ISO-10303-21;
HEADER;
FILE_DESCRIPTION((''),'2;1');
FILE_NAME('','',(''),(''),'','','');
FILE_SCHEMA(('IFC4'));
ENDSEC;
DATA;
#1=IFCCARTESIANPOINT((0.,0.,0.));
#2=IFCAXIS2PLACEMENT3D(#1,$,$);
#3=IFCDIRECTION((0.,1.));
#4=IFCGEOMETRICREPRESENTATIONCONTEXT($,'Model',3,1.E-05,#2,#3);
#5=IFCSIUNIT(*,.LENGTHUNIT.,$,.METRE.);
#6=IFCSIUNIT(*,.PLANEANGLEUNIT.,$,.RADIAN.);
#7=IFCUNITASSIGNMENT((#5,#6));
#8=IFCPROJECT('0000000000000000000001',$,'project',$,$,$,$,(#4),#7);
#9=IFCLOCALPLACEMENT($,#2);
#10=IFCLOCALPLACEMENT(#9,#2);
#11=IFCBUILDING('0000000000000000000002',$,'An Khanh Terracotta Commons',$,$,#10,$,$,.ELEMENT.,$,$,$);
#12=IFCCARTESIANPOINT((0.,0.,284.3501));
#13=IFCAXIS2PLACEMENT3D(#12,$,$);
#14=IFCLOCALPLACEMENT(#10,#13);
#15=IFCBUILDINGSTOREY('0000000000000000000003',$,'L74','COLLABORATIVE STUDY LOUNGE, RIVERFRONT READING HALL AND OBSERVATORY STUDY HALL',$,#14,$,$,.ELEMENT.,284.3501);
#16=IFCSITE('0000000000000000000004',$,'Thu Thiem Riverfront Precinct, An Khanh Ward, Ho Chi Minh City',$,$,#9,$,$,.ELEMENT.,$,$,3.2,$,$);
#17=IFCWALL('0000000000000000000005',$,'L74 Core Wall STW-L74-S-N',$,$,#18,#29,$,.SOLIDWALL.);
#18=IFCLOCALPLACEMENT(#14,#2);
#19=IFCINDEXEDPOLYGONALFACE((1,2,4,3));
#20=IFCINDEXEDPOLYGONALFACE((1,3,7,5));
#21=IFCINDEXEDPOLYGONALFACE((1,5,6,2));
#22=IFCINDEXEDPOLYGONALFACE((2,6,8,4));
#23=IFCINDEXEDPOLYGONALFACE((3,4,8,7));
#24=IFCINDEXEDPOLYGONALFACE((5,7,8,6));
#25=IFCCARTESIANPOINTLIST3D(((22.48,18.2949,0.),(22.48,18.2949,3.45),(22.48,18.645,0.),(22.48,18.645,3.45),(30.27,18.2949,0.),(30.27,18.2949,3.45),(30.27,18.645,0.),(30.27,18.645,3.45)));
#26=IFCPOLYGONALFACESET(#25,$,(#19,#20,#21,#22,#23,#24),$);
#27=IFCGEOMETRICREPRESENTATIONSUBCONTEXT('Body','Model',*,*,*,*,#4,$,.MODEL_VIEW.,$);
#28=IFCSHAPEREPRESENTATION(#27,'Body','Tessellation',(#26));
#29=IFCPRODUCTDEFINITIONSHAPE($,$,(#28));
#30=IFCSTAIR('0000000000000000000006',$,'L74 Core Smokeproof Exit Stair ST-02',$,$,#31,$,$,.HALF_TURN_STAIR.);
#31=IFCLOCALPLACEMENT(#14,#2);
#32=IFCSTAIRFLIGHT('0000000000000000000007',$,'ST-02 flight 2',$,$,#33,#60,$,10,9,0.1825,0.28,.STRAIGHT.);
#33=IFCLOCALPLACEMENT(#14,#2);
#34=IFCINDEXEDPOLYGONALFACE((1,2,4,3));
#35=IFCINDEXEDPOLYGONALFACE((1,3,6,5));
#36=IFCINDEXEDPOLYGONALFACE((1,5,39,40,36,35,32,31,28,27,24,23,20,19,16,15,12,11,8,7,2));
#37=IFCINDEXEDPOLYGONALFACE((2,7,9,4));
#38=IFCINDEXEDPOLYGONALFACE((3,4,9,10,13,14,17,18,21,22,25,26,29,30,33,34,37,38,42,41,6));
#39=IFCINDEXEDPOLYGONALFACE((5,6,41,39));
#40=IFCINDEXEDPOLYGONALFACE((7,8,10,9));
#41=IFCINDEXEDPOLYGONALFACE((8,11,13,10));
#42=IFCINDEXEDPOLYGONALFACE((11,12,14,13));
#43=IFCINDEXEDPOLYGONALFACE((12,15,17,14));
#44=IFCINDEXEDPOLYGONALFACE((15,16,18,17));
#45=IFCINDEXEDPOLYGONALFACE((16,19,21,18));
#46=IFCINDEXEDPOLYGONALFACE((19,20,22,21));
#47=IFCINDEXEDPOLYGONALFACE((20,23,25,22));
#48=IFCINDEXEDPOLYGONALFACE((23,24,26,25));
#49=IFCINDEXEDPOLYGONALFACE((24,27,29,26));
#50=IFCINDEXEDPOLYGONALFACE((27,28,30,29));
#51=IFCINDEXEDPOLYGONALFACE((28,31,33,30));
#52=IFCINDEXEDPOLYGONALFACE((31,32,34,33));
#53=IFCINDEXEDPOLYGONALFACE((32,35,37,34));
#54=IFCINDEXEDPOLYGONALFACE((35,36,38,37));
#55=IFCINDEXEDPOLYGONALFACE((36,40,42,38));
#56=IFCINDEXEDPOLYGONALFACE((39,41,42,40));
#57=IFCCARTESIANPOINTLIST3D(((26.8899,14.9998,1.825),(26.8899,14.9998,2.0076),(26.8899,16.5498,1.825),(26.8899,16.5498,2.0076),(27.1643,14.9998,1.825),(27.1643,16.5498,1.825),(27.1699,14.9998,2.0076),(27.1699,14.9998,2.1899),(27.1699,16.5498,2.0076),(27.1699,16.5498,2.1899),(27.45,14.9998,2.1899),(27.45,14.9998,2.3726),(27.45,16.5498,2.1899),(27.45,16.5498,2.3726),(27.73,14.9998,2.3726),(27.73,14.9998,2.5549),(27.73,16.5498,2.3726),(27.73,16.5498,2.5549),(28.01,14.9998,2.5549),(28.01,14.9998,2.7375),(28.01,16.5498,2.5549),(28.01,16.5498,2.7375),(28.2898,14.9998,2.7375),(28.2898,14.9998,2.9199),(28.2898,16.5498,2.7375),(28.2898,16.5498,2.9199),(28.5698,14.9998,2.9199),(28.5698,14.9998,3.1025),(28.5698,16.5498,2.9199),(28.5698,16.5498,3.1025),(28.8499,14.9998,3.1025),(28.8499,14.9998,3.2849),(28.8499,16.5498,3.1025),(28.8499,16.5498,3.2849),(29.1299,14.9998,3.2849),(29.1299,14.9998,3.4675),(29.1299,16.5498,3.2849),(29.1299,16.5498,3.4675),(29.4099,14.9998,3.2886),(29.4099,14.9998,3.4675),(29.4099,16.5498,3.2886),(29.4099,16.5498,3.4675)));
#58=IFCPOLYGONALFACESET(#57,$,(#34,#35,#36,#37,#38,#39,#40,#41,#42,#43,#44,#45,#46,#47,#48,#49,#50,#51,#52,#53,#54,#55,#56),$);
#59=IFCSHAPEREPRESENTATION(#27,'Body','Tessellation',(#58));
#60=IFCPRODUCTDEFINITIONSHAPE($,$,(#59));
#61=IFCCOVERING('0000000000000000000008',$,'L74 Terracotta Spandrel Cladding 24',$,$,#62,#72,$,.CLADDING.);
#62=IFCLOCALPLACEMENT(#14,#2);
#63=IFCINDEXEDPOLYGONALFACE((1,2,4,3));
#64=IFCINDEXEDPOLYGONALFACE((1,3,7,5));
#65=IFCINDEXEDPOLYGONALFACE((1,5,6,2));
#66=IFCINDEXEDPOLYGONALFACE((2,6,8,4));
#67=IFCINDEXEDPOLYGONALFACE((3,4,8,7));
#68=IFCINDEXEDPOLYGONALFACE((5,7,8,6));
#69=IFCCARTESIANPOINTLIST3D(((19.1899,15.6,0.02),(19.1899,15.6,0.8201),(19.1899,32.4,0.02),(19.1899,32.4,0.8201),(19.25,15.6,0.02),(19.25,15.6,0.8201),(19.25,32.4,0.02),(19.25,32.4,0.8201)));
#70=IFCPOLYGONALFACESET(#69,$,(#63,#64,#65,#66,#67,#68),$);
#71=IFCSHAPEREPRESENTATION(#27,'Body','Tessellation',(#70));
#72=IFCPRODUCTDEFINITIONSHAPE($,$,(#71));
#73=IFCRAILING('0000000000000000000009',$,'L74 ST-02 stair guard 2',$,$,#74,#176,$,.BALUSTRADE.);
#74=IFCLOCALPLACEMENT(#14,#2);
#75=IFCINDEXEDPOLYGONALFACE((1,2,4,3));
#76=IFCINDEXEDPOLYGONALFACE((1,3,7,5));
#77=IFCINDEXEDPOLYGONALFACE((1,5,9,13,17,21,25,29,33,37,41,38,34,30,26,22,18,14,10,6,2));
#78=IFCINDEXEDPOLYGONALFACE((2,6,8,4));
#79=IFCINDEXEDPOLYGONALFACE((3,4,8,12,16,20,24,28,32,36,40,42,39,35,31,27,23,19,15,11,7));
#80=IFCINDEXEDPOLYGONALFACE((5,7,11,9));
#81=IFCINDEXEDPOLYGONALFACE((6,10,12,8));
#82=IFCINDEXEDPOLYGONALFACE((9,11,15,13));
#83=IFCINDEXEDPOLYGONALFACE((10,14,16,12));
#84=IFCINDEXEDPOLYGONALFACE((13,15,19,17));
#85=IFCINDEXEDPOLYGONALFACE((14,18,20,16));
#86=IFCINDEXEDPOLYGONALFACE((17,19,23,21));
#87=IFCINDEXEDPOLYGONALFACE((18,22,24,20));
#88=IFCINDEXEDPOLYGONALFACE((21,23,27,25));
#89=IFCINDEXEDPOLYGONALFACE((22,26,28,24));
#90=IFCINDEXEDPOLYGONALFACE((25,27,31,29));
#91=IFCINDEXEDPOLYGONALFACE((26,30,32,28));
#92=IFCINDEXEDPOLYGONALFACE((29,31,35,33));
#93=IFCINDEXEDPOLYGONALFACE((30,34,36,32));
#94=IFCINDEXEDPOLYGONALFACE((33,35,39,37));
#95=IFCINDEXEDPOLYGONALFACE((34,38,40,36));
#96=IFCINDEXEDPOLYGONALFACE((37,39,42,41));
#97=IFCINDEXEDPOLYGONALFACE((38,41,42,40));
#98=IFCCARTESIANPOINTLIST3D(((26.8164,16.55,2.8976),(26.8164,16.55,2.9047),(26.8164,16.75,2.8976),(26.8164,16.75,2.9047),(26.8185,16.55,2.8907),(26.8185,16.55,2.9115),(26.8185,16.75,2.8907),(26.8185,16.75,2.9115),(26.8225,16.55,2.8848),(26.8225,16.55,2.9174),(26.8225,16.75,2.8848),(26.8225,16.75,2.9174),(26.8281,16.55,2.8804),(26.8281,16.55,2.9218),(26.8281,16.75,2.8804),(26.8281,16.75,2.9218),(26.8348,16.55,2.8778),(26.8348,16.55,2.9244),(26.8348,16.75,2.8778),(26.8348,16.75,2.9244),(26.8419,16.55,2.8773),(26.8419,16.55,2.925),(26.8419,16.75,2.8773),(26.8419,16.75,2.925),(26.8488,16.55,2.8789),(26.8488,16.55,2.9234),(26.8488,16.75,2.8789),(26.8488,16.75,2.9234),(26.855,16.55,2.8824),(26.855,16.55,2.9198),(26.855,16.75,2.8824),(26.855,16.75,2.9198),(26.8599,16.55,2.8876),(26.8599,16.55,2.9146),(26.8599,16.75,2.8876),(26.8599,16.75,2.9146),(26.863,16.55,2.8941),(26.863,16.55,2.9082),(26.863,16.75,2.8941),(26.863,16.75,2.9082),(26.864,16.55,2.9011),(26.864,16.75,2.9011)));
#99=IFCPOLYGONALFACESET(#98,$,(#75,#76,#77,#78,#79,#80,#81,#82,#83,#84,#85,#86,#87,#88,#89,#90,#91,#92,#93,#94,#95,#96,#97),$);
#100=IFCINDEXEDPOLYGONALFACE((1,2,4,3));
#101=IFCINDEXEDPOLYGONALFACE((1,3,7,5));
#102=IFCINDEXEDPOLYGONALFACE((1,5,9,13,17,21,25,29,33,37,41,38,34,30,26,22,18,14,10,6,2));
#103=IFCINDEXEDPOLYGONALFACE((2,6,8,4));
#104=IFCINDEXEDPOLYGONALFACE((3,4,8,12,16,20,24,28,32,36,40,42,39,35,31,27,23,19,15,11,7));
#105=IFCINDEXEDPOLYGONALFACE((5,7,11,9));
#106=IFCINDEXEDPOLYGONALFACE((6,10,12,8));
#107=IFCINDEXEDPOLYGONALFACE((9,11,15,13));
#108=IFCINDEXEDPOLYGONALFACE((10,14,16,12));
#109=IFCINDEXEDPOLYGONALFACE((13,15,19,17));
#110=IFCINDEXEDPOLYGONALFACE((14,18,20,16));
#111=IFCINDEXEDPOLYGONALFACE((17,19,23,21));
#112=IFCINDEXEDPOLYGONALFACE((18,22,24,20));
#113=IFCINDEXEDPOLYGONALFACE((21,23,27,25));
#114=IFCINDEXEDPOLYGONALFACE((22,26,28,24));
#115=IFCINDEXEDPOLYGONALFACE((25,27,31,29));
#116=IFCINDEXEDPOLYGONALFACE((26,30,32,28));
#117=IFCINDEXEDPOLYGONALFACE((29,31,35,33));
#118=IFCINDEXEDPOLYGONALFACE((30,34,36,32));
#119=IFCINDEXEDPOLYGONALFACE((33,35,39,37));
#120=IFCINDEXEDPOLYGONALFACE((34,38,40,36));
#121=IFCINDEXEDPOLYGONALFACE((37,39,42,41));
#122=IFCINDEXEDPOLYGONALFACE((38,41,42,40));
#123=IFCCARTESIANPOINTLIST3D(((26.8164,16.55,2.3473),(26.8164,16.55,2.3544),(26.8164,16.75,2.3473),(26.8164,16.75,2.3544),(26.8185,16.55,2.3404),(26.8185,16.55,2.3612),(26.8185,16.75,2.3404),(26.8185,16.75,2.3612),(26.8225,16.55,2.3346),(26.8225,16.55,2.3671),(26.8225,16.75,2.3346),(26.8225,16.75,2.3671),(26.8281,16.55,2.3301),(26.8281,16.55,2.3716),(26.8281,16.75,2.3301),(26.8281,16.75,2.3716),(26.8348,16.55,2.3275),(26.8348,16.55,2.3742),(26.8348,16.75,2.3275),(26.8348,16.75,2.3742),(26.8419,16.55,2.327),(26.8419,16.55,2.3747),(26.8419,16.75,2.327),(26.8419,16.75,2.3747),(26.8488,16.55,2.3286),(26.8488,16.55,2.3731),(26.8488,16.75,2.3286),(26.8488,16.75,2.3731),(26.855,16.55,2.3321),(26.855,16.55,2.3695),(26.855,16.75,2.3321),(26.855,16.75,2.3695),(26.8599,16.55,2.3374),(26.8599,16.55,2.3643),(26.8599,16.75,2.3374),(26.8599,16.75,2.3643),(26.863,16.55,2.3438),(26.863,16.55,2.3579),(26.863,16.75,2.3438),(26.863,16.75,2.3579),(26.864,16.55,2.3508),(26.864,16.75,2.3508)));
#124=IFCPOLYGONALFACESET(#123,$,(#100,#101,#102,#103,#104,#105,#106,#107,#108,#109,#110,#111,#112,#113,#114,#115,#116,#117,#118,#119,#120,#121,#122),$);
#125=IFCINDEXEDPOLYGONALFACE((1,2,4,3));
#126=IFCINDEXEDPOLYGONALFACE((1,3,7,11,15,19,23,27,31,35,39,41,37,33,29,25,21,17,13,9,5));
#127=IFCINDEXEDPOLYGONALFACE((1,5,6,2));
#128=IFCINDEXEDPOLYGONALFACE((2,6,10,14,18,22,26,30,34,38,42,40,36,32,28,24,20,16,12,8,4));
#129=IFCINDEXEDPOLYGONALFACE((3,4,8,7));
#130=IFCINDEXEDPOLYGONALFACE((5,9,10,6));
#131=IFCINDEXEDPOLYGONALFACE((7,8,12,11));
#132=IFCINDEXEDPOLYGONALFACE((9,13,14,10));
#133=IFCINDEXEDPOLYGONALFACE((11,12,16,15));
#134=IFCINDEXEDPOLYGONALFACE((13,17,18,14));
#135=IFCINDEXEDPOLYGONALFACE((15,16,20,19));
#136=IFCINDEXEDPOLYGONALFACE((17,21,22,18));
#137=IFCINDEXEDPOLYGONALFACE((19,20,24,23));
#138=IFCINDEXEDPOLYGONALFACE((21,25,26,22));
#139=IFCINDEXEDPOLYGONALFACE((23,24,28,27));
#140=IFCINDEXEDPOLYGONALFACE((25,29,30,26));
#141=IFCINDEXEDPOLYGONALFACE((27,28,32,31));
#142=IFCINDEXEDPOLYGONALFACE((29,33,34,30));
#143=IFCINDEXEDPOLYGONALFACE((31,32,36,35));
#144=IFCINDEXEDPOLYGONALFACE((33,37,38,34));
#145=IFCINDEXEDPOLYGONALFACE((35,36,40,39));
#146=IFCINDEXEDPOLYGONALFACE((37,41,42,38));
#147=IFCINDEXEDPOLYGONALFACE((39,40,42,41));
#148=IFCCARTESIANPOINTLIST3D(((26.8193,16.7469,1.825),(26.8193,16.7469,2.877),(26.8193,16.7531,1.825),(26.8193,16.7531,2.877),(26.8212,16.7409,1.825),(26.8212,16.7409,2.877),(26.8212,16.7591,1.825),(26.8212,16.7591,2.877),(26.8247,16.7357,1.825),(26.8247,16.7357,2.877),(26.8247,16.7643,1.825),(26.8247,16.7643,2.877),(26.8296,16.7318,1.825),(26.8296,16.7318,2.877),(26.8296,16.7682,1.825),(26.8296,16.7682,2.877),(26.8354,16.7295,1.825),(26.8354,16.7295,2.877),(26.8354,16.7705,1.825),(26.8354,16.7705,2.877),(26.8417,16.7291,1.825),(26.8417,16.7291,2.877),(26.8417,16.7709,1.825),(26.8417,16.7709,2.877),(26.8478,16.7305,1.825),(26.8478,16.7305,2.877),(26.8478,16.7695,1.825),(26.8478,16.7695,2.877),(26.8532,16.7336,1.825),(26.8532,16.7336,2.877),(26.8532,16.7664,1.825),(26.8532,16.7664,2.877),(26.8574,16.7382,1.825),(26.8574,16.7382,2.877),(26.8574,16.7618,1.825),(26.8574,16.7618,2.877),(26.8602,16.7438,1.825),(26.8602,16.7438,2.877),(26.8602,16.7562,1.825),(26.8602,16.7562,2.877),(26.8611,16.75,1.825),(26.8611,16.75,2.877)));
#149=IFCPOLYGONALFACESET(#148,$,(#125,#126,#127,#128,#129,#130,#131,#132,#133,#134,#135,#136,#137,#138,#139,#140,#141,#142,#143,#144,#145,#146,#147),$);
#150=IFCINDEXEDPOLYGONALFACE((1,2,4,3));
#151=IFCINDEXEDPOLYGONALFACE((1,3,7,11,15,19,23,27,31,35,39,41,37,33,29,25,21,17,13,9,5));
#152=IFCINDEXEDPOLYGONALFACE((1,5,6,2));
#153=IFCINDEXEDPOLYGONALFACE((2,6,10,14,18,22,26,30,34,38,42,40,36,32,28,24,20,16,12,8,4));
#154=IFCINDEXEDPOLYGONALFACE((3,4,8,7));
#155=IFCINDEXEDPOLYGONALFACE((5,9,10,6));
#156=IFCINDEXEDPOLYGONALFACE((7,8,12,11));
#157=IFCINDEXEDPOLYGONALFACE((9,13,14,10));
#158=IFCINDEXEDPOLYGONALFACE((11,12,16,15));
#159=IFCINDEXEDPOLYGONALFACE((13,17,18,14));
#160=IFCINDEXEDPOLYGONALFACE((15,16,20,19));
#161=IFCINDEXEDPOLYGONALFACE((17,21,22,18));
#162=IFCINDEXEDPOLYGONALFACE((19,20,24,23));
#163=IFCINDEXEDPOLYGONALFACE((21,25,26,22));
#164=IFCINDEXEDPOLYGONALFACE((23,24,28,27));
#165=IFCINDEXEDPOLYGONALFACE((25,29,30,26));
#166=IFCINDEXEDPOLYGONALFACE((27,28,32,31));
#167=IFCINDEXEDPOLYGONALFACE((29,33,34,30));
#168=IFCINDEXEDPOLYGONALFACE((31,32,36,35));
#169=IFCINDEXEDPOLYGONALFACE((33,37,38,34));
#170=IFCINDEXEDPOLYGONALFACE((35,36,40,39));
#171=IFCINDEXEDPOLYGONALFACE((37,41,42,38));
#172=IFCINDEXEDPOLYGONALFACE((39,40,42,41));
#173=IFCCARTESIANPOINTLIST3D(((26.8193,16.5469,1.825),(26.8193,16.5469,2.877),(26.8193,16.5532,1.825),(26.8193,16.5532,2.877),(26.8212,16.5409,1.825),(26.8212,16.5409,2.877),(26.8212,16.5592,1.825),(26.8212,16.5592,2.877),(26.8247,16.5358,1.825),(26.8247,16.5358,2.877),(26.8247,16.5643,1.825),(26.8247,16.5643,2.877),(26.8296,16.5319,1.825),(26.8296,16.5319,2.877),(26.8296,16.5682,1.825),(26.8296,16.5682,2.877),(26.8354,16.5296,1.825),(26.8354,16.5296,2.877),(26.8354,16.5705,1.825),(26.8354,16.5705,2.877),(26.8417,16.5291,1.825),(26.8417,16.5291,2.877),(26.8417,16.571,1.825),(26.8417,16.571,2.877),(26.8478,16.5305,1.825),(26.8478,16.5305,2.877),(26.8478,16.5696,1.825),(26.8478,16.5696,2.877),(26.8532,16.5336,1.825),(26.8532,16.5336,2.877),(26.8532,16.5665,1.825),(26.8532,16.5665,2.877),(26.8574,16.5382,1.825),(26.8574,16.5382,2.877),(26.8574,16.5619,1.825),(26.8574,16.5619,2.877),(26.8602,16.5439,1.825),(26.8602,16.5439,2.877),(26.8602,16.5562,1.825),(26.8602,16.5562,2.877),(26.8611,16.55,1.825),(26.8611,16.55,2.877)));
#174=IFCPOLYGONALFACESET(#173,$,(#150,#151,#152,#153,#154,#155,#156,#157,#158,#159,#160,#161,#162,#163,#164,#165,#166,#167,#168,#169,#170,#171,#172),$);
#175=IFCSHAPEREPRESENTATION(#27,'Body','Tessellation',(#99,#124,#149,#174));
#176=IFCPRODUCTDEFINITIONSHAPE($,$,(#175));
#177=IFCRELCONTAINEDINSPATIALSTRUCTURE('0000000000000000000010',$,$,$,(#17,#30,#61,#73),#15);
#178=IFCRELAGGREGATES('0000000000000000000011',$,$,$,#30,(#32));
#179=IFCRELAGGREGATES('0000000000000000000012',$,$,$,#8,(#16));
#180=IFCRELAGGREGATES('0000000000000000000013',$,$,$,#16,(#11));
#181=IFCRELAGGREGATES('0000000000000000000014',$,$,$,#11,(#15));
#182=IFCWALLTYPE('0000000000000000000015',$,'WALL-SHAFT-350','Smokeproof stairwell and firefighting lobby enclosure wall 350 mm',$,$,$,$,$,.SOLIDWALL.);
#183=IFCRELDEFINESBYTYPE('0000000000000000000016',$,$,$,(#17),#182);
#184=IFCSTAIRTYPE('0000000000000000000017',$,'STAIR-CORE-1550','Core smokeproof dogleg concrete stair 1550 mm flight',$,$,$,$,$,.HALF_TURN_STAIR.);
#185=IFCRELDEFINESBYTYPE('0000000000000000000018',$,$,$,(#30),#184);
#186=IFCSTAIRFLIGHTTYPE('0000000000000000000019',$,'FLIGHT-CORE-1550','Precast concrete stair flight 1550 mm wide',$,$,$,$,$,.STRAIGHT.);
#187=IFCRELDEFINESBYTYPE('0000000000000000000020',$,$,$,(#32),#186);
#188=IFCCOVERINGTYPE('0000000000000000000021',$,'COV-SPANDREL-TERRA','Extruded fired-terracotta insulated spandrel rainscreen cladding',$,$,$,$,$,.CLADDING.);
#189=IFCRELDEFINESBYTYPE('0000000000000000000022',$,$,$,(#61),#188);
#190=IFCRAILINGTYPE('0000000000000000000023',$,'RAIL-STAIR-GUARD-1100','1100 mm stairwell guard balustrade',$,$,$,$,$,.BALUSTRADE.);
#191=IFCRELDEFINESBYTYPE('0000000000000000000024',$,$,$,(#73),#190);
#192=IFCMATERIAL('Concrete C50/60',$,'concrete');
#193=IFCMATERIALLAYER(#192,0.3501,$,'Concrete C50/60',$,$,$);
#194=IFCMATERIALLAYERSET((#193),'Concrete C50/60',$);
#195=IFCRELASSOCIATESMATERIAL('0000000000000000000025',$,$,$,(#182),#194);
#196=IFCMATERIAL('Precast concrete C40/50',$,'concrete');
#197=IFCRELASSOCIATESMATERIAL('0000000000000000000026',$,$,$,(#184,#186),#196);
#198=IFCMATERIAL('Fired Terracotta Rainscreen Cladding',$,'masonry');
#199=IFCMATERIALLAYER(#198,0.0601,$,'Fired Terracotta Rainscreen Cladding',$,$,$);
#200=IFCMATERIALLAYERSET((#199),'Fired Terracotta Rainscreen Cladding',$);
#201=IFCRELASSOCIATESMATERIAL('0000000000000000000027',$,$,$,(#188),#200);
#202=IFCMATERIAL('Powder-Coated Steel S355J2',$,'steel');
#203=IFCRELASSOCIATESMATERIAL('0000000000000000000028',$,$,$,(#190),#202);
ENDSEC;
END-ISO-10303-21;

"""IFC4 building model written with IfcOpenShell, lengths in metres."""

from ifc_helpers import new_model, si_unit, direction, frame, frame_2d, origin, origin_2d, place, context, subcontext, project, spatial, polyline, rectangle, circle, outline, extrude, material, layer, layer_set, type_object, element, aggregate, save


model = new_model("IFC4")

# Units and contexts
model_context = context("Model", 3, precision=1e-05, world=origin(), true_north=direction((0.0, 1.0)))
body_context = subcontext(model_context, "Body", "Model", "MODEL_VIEW")
ifc_project = project(units=[si_unit("LENGTHUNIT", "METRE"), si_unit("PLANEANGLEUNIT", "RADIAN")], contexts=[model_context])

# Site, building, storey
site_placement = place(None, origin())
site = spatial("IfcSite", under=ifc_project, at=site_placement, Name="Thu Thiem Riverfront Precinct, An Khanh Ward, Ho Chi Minh City", CompositionType="ELEMENT", RefElevation=3.2)
building_placement = place(site_placement, origin())
building = spatial("IfcBuilding", under=site, at=building_placement, Name="An Khanh Terracotta Commons", CompositionType="ELEMENT")
storey_placement = place(building_placement, frame((0.0, 0.0, 284.3501)))
storey = spatial("IfcBuildingStorey", under=building, at=storey_placement, Name="L74", Description="COLLABORATIVE STUDY LOUNGE, RIVERFRONT READING HALL AND OBSERVATORY STUDY HALL", CompositionType="ELEMENT", Elevation=284.3501)

# Wall
ifc_material_1 = material(Name="Concrete C50/60", Category="concrete")
ifc_layer_1 = layer(ifc_material_1, 0.3501, Name="Concrete C50/60")
ifc_layer_set_1 = layer_set([ifc_layer_1], Name="Concrete C50/60")
wall_type_1 = type_object("IfcWallType", Name="WALL-SHAFT-350", Description="Smokeproof stairwell and firefighting lobby enclosure wall 350 mm", PredefinedType="SOLIDWALL", material=ifc_layer_set_1)
for number, where, z_axis, x_axis, name in (
    (1, (22.48, 18.47, 0.0), (0.0, 0.0, 1.0), (1.0, 0.0, 0.0), "L74 Core Wall STW-L74-S-N"),
):
    element("IfcWall", number, at=place(storey_placement, frame(where, z_axis=z_axis, x_axis=x_axis)), inside=storey, type_object=wall_type_1, Name=name, PredefinedType="SOLIDWALL", context=body_context, shape_type="SweptSolid", body=[
        extrude(rectangle(XDim=7.79, YDim=0.3501, at=frame_2d((3.895, 0.0))), origin(), (0.0, 0.0, 1.0), 3.45),
    ])

# Stair, stair flight
ifc_material_2 = material(Name="Precast concrete C40/50", Category="concrete")
stair_type = type_object("IfcStairType", Name="STAIR-CORE-1550", Description="Core smokeproof dogleg concrete stair 1550 mm flight", PredefinedType="HALF_TURN_STAIR", material=ifc_material_2)
stair_placement = place(storey_placement, origin())
stair = element("IfcStair", 2, at=stair_placement, inside=storey, type_object=stair_type, Name="L74 Core Smokeproof Exit Stair ST-02", PredefinedType="HALF_TURN_STAIR")
stair_flight_type = type_object("IfcStairFlightType", Name="FLIGHT-CORE-1550", Description="Precast concrete stair flight 1550 mm wide", PredefinedType="STRAIGHT", material=ifc_material_2)
stair_flight_placement = place(storey_placement, frame((26.8899, 15.7749, 1.825), z_axis=(0.0, 0.0, 1.0), x_axis=(1.0, 0.0, 0.0)))
stair_flight = element("IfcStairFlight", 3, at=stair_flight_placement, type_object=stair_flight_type, Name="ST-02 flight 2", NumberOfRisers=10, NumberOfTreads=9, PredefinedType="STRAIGHT", RiserHeight=0.1825, TreadLength=0.28, context=body_context, shape_type="SweptSolid", body=[
    extrude(outline(polyline([(0.0, 0.0), (0.0, 0.1826), (0.28, 0.1826), (0.28, 0.365), (0.5601, 0.365), (0.5601, 0.5476), (0.8401, 0.5476), (0.8401, 0.73), (1.1201, 0.73), (1.1201, 0.9126), (1.3999, 0.9126), (1.3999, 1.095), (1.6799, 1.095), (1.6799, 1.2776), (1.96, 1.2776), (1.96, 1.46), (2.24, 1.46), (2.24, 1.6426), (2.52, 1.6426), (2.52, 1.825), (2.52, 1.4636), (0.2744, 0.0), (0.0, 0.0)])), frame((0.0, 0.7749, 0.0), z_axis=(0.0, -1.0, 0.0), x_axis=(1.0, 0.0, 0.0)), (0.0, 0.0, 1.0), 1.55),
])
aggregate(stair, [stair_flight])

# Covering
ifc_material_3 = material(Name="Fired Terracotta Rainscreen Cladding", Category="masonry")
ifc_layer_2 = layer(ifc_material_3, 0.0601, Name="Fired Terracotta Rainscreen Cladding")
ifc_layer_set_2 = layer_set([ifc_layer_2], Name="Fired Terracotta Rainscreen Cladding")
covering_type = type_object("IfcCoveringType", Name="COV-SPANDREL-TERRA", Description="Extruded fired-terracotta insulated spandrel rainscreen cladding", PredefinedType="CLADDING", material=ifc_layer_set_2)
covering_placement = place(storey_placement, frame((19.22, 24.0, 0.02), z_axis=(0.0, 0.0, 1.0), x_axis=(0.0, -1.0, 0.0)))
element("IfcCovering", 4, at=covering_placement, inside=storey, type_object=covering_type, Name="L74 Terracotta Spandrel Cladding 24", PredefinedType="CLADDING", context=body_context, shape_type="SweptSolid", body=[
    extrude(rectangle(XDim=16.8, YDim=0.0601, at=origin_2d()), origin(), (0.0, 0.0, 1.0), 0.8),
])

# Railing
ifc_material_4 = material(Name="Powder-Coated Steel S355J2", Category="steel")
railing_type = type_object("IfcRailingType", Name="RAIL-STAIR-GUARD-1100", Description="1100 mm stairwell guard balustrade", PredefinedType="BALUSTRADE", material=ifc_material_4)
railing_1_placement = place(storey_placement, frame((26.8401, 16.75, 1.825)))
element("IfcRailing", 5, at=railing_1_placement, inside=storey, type_object=railing_type, Name="L74 ST-02 stair guard 2", PredefinedType="BALUSTRADE", context=body_context, shape_type="SweptSolid", body=[
    extrude(circle(Radius=0.0239, at=origin_2d()), frame((0.0, 0.0, 1.0762), z_axis=(0.0, -1.0, 0.0), x_axis=(1.0, 0.0, 0.0)), (0.0, 0.0, 1.0), 0.2),
    extrude(circle(Radius=0.0239, at=origin_2d()), frame((0.0, 0.0, 0.5259), z_axis=(0.0, -1.0, 0.0), x_axis=(1.0, 0.0, 0.0)), (0.0, 0.0, 1.0), 0.2),
    extrude(circle(Radius=0.021, at=origin_2d()), origin(), (0.0, 0.0, 1.0), 1.052),
    extrude(circle(Radius=0.021, at=origin_2d()), frame((0.0, -0.2, 0.0)), (0.0, 0.0, 1.0), 1.052),
])

save(model, "model.ifc")
